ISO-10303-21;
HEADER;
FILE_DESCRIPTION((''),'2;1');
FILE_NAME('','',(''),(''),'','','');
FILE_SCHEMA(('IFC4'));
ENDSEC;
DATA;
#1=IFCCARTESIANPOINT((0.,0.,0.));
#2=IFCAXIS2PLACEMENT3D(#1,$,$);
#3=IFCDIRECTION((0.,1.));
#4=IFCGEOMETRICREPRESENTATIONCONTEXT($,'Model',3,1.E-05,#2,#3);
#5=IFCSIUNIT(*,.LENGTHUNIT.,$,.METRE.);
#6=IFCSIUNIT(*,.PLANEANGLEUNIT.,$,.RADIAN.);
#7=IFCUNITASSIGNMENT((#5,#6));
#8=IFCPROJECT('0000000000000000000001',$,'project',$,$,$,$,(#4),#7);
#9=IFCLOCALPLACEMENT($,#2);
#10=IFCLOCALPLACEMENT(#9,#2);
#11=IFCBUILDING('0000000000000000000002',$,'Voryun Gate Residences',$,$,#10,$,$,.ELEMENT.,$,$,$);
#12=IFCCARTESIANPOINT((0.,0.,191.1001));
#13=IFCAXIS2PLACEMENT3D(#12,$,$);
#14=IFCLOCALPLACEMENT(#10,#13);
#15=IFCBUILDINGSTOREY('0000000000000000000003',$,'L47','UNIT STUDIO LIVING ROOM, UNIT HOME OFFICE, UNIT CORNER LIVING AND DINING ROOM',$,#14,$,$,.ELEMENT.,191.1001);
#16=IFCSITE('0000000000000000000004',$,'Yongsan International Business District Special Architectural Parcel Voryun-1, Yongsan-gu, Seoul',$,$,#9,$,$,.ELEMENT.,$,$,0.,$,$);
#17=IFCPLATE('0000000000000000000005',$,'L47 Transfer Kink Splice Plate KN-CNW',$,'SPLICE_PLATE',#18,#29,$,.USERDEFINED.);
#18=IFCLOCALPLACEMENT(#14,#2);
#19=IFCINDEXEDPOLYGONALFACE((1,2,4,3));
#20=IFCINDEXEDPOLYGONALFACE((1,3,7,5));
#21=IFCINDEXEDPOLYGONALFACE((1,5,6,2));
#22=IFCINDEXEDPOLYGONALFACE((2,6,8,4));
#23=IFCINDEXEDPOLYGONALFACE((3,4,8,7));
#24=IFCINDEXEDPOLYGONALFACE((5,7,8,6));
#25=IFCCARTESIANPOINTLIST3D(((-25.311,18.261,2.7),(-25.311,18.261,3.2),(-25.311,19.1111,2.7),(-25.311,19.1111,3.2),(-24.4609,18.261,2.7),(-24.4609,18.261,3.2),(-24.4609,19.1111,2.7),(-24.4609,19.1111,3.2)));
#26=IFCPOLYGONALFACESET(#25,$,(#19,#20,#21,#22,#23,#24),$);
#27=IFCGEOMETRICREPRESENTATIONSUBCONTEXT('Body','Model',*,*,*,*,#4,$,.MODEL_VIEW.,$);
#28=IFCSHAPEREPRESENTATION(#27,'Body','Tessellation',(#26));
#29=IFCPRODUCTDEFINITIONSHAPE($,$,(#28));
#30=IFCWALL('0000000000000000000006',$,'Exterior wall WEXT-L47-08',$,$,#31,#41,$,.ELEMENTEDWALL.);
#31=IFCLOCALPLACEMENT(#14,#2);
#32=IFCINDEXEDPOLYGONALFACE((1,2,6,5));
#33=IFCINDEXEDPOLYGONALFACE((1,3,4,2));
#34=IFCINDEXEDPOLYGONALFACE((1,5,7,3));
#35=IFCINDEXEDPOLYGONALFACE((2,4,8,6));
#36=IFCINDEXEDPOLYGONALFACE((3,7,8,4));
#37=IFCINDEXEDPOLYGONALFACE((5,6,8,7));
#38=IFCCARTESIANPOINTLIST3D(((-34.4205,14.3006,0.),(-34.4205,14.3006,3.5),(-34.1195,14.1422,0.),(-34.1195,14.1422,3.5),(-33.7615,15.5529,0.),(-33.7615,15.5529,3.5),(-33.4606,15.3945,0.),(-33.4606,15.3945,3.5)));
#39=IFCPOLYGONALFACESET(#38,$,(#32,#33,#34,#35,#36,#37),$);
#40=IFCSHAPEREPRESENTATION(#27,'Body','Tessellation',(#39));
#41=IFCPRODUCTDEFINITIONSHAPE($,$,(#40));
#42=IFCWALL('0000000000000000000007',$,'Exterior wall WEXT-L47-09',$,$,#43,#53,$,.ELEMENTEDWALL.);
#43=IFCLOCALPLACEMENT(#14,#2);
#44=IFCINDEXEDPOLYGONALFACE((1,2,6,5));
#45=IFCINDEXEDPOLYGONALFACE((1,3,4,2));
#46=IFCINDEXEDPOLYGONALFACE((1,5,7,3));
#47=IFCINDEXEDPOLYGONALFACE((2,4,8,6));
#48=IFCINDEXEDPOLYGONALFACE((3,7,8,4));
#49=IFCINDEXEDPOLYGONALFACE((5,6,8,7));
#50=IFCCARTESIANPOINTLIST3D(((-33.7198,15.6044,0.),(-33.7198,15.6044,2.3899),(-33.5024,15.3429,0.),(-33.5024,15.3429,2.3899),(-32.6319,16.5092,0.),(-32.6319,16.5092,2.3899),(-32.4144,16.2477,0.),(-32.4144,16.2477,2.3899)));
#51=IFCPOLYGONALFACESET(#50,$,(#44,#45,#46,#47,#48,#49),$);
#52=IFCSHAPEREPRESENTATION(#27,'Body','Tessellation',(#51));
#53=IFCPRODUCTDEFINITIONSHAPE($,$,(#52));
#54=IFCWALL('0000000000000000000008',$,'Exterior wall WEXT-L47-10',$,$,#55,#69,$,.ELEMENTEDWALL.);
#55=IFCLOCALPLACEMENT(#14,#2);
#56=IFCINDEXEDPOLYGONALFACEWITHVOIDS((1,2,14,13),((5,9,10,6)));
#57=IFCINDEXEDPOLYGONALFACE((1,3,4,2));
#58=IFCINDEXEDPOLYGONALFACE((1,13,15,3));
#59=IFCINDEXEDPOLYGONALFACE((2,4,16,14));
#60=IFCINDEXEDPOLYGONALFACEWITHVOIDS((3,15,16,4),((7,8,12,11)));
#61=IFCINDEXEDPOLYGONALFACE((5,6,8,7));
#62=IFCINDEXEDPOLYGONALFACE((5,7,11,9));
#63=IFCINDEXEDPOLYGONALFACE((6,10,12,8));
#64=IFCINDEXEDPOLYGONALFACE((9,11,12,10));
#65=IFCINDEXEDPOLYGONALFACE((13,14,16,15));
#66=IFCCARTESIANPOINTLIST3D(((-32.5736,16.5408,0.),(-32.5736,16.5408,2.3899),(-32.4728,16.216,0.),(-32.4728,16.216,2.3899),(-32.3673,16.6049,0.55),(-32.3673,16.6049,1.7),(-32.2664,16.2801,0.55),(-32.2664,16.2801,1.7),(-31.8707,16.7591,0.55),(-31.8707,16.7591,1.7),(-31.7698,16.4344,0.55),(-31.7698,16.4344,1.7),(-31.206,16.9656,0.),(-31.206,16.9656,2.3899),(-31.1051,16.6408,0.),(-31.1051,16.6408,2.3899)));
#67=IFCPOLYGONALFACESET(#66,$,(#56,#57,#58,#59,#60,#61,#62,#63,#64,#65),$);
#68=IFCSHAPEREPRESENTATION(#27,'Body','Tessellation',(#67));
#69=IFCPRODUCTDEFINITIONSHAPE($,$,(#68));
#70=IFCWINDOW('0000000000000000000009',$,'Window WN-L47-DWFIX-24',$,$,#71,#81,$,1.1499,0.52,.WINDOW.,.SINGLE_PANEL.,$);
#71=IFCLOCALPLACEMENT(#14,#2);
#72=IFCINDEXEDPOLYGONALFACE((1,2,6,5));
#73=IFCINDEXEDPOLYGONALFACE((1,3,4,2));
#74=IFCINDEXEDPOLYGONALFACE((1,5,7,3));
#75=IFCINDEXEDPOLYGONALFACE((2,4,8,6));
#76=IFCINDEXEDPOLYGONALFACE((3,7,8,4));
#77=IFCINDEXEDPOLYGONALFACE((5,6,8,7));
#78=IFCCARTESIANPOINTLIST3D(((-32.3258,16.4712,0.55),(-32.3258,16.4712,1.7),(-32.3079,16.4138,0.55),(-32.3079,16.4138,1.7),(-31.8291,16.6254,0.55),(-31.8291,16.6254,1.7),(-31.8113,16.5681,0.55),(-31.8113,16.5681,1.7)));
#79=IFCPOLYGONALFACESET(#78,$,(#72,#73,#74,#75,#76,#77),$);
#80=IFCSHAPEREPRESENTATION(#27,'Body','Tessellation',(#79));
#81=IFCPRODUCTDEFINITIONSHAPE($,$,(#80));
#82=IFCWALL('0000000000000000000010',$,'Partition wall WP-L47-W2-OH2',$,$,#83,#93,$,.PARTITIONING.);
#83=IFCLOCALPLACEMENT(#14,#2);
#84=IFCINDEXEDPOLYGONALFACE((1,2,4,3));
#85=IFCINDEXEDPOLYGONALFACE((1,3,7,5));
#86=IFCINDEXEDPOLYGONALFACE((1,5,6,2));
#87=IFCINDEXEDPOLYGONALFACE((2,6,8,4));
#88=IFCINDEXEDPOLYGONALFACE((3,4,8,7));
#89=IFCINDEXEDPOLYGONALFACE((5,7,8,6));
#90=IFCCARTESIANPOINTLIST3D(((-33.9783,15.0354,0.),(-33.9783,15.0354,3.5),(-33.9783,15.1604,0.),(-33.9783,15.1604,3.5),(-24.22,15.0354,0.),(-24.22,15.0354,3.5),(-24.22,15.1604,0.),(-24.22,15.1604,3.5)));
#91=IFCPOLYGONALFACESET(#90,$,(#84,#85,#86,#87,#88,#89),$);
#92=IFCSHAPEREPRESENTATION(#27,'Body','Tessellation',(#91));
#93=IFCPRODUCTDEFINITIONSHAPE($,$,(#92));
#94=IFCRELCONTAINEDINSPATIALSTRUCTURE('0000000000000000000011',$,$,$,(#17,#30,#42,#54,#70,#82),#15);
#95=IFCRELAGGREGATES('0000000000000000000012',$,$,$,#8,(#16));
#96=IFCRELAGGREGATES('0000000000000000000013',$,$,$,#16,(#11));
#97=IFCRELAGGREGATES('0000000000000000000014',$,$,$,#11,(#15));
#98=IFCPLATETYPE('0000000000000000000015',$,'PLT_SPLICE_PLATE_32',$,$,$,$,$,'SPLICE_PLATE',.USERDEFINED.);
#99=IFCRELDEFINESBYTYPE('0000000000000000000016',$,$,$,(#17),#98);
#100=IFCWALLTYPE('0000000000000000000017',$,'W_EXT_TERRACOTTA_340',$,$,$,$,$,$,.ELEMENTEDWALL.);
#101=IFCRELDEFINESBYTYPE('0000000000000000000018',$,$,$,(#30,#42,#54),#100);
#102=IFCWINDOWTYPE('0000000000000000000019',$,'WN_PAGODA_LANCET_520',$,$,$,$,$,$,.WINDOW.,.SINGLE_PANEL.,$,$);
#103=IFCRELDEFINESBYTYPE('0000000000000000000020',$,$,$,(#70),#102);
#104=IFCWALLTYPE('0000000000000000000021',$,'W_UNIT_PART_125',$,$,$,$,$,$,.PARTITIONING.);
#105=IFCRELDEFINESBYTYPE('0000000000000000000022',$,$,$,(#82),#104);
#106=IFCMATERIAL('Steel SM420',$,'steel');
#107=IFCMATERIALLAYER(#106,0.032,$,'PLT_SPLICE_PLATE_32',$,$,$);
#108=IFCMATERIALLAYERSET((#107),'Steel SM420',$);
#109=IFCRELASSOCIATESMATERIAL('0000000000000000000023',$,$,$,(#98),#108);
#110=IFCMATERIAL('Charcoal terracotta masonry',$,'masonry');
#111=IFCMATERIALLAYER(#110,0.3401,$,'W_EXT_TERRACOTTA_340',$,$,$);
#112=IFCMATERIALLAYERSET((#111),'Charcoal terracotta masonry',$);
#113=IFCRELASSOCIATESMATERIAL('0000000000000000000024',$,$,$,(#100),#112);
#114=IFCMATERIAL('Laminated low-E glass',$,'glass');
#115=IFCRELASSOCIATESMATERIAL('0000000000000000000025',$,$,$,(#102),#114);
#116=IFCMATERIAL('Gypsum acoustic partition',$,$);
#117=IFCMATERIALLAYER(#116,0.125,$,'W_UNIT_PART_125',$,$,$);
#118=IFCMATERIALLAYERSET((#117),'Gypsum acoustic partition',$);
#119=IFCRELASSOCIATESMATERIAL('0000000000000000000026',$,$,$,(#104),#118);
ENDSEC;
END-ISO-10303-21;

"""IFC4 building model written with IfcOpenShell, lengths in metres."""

from ifc_helpers import new_model, si_unit, direction, frame, frame_2d, origin, origin_2d, place, context, subcontext, project, spatial, rectangle, extrude, material, layer, layer_set, type_object, element, fill, save


model = new_model("IFC4")

# Units and contexts
model_context = context("Model", 3, precision=1e-05, world=origin(), true_north=direction((0.0, 1.0)))
body_context = subcontext(model_context, "Body", "Model", "MODEL_VIEW")
ifc_project = project(units=[si_unit("LENGTHUNIT", "METRE"), si_unit("PLANEANGLEUNIT", "RADIAN")], contexts=[model_context])

# Site, building, storey
site_placement = place(None, origin())
site = spatial("IfcSite", under=ifc_project, at=site_placement, Name="Yongsan International Business District Special Architectural Parcel Voryun-1, Yongsan-gu, Seoul", CompositionType="ELEMENT", RefElevation=0.0)
building_placement = place(site_placement, origin())
building = spatial("IfcBuilding", under=site, at=building_placement, Name="Voryun Gate Residences", CompositionType="ELEMENT")
storey_placement = place(building_placement, frame((0.0, 0.0, 191.1001)))
storey = spatial("IfcBuildingStorey", under=building, at=storey_placement, Name="L47", Description="UNIT STUDIO LIVING ROOM, UNIT HOME OFFICE, UNIT CORNER LIVING AND DINING ROOM", CompositionType="ELEMENT", Elevation=191.1001)

# Plate
ifc_material_1 = material(Name="Steel SM420", Category="steel")
ifc_layer_1 = layer(ifc_material_1, 0.032, Name="PLT_SPLICE_PLATE_32")
ifc_layer_set_1 = layer_set([ifc_layer_1], Name="Steel SM420")
plate_type_1 = type_object("IfcPlateType", Name="PLT_SPLICE_PLATE_32", ElementType="SPLICE_PLATE", PredefinedType="USERDEFINED", material=ifc_layer_set_1)
plate_placement = place(storey_placement, frame((-24.886, 18.686, 2.7), z_axis=(0.0, 0.0, 1.0), x_axis=(1.0, 0.0, 0.0)))
element("IfcPlate", 1, at=plate_placement, inside=storey, type_object=plate_type_1, Name="L47 Transfer Kink Splice Plate KN-CNW", ObjectType="SPLICE_PLATE", PredefinedType="USERDEFINED", context=body_context, shape_type="SweptSolid", body=[
    extrude(rectangle(XDim=0.8501, YDim=0.8501, at=origin_2d()), origin(), (0.0, 0.0, 1.0), 0.5),
])

# Walls
ifc_material_2 = material(Name="Charcoal terracotta masonry", Category="masonry")
ifc_layer_2 = layer(ifc_material_2, 0.3401, Name="W_EXT_TERRACOTTA_340")
ifc_layer_set_2 = layer_set([ifc_layer_2], Name="Charcoal terracotta masonry")
wall_type_1 = type_object("IfcWallType", Name="W_EXT_TERRACOTTA_340", PredefinedType="ELEMENTEDWALL", material=ifc_layer_set_2)
wall_1_placement = place(storey_placement, frame((-34.27, 14.2214, 0.0), z_axis=(0.0, 0.0, 1.0), x_axis=(0.465682, 0.884952, 0.0)))
element("IfcWall", 2, at=wall_1_placement, inside=storey, type_object=wall_type_1, Name="Exterior wall WEXT-L47-08", PredefinedType="ELEMENTEDWALL", context=body_context, shape_type="SweptSolid", body=[
    extrude(rectangle(XDim=1.415, YDim=0.3401, at=frame_2d((0.7075, 0.0))), origin(), (0.0, 0.0, 1.0), 3.5),
])
wall_2_placement = place(storey_placement, frame((-33.6111, 15.4736, 0.0), z_axis=(0.0, 0.0, 1.0), x_axis=(0.768843, 0.639437, 0.0)))
element("IfcWall", 3, at=wall_2_placement, inside=storey, type_object=wall_type_1, Name="Exterior wall WEXT-L47-09", PredefinedType="ELEMENTEDWALL", context=body_context, shape_type="SweptSolid", body=[
    extrude(rectangle(XDim=1.415, YDim=0.3401, at=frame_2d((0.7075, 0.0))), origin(), (0.0, 0.0, 1.0), 2.3899),
])

# Wall, opening, window
wall_3_placement = place(storey_placement, frame((-32.5232, 16.3784, 0.0), z_axis=(0.0, 0.0, 1.0), x_axis=(0.954994, 0.296624, 0.0)))
wall_3 = element("IfcWall", 4, at=wall_3_placement, inside=storey, type_object=wall_type_1, Name="Exterior wall WEXT-L47-10", PredefinedType="ELEMENTEDWALL", context=body_context, shape_type="SweptSolid", body=[
    extrude(rectangle(XDim=1.4321, YDim=0.3401, at=frame_2d((0.7161, 0.0))), origin(), (0.0, 0.0, 1.0), 2.3899),
])
opening_1_placement = place(wall_3_placement, frame((0.2161, 0.0, 0.55)))
opening_1 = element("IfcOpeningElement", 5, at=opening_1_placement, cuts=wall_3, PredefinedType="OPENING", context=body_context, shape_type="SweptSolid", body=[
    extrude(rectangle(XDim=0.52, YDim=1.1499, at=frame_2d((0.26, 0.575))), frame((0.0, 0.1799, 0.0), z_axis=(0.0, -1.0, 0.0), x_axis=(1.0, 0.0, 0.0)), (0.0, 0.0, 1.0), 0.3601),
])
ifc_material_3 = material(Name="Laminated low-E glass", Category="glass")
window_type_1 = type_object("IfcWindowType", Name="WN_PAGODA_LANCET_520", PartitioningType="SINGLE_PANEL", PredefinedType="WINDOW", material=ifc_material_3)
window_1_placement = place(opening_1_placement, origin())
window_1 = element("IfcWindow", 6, at=window_1_placement, inside=storey, type_object=window_type_1, Name="Window WN-L47-DWFIX-24", OverallHeight=1.1499, OverallWidth=0.52, PartitioningType="SINGLE_PANEL", PredefinedType="WINDOW", context=body_context, shape_type="SweptSolid", body=[
    extrude(rectangle(XDim=0.52, YDim=1.1499, at=frame_2d((0.26, 0.575))), frame((0.0, 0.03, 0.0), z_axis=(0.0, -1.0, 0.0), x_axis=(1.0, 0.0, 0.0)), (0.0, 0.0, 1.0), 0.0601),
])
fill(opening_1, window_1)

# Wall
ifc_material_4 = material(Name="Gypsum acoustic partition")
ifc_layer_3 = layer(ifc_material_4, 0.125, Name="W_UNIT_PART_125")
ifc_layer_set_3 = layer_set([ifc_layer_3], Name="Gypsum acoustic partition")
wall_type_2 = type_object("IfcWallType", Name="W_UNIT_PART_125", PredefinedType="PARTITIONING", material=ifc_layer_set_3)
wall_4_placement = place(storey_placement, frame((-33.9783, 15.0979, 0.0), z_axis=(0.0, 0.0, 1.0), x_axis=(1.0, 0.0, 0.0)))
element("IfcWall", 7, at=wall_4_placement, inside=storey, type_object=wall_type_2, Name="Partition wall WP-L47-W2-OH2", PredefinedType="PARTITIONING", context=body_context, shape_type="SweptSolid", body=[
    extrude(rectangle(XDim=9.7583, YDim=0.125, at=frame_2d((4.8792, 0.0))), origin(), (0.0, 0.0, 1.0), 3.5),
])

save(model, "model.ifc")
